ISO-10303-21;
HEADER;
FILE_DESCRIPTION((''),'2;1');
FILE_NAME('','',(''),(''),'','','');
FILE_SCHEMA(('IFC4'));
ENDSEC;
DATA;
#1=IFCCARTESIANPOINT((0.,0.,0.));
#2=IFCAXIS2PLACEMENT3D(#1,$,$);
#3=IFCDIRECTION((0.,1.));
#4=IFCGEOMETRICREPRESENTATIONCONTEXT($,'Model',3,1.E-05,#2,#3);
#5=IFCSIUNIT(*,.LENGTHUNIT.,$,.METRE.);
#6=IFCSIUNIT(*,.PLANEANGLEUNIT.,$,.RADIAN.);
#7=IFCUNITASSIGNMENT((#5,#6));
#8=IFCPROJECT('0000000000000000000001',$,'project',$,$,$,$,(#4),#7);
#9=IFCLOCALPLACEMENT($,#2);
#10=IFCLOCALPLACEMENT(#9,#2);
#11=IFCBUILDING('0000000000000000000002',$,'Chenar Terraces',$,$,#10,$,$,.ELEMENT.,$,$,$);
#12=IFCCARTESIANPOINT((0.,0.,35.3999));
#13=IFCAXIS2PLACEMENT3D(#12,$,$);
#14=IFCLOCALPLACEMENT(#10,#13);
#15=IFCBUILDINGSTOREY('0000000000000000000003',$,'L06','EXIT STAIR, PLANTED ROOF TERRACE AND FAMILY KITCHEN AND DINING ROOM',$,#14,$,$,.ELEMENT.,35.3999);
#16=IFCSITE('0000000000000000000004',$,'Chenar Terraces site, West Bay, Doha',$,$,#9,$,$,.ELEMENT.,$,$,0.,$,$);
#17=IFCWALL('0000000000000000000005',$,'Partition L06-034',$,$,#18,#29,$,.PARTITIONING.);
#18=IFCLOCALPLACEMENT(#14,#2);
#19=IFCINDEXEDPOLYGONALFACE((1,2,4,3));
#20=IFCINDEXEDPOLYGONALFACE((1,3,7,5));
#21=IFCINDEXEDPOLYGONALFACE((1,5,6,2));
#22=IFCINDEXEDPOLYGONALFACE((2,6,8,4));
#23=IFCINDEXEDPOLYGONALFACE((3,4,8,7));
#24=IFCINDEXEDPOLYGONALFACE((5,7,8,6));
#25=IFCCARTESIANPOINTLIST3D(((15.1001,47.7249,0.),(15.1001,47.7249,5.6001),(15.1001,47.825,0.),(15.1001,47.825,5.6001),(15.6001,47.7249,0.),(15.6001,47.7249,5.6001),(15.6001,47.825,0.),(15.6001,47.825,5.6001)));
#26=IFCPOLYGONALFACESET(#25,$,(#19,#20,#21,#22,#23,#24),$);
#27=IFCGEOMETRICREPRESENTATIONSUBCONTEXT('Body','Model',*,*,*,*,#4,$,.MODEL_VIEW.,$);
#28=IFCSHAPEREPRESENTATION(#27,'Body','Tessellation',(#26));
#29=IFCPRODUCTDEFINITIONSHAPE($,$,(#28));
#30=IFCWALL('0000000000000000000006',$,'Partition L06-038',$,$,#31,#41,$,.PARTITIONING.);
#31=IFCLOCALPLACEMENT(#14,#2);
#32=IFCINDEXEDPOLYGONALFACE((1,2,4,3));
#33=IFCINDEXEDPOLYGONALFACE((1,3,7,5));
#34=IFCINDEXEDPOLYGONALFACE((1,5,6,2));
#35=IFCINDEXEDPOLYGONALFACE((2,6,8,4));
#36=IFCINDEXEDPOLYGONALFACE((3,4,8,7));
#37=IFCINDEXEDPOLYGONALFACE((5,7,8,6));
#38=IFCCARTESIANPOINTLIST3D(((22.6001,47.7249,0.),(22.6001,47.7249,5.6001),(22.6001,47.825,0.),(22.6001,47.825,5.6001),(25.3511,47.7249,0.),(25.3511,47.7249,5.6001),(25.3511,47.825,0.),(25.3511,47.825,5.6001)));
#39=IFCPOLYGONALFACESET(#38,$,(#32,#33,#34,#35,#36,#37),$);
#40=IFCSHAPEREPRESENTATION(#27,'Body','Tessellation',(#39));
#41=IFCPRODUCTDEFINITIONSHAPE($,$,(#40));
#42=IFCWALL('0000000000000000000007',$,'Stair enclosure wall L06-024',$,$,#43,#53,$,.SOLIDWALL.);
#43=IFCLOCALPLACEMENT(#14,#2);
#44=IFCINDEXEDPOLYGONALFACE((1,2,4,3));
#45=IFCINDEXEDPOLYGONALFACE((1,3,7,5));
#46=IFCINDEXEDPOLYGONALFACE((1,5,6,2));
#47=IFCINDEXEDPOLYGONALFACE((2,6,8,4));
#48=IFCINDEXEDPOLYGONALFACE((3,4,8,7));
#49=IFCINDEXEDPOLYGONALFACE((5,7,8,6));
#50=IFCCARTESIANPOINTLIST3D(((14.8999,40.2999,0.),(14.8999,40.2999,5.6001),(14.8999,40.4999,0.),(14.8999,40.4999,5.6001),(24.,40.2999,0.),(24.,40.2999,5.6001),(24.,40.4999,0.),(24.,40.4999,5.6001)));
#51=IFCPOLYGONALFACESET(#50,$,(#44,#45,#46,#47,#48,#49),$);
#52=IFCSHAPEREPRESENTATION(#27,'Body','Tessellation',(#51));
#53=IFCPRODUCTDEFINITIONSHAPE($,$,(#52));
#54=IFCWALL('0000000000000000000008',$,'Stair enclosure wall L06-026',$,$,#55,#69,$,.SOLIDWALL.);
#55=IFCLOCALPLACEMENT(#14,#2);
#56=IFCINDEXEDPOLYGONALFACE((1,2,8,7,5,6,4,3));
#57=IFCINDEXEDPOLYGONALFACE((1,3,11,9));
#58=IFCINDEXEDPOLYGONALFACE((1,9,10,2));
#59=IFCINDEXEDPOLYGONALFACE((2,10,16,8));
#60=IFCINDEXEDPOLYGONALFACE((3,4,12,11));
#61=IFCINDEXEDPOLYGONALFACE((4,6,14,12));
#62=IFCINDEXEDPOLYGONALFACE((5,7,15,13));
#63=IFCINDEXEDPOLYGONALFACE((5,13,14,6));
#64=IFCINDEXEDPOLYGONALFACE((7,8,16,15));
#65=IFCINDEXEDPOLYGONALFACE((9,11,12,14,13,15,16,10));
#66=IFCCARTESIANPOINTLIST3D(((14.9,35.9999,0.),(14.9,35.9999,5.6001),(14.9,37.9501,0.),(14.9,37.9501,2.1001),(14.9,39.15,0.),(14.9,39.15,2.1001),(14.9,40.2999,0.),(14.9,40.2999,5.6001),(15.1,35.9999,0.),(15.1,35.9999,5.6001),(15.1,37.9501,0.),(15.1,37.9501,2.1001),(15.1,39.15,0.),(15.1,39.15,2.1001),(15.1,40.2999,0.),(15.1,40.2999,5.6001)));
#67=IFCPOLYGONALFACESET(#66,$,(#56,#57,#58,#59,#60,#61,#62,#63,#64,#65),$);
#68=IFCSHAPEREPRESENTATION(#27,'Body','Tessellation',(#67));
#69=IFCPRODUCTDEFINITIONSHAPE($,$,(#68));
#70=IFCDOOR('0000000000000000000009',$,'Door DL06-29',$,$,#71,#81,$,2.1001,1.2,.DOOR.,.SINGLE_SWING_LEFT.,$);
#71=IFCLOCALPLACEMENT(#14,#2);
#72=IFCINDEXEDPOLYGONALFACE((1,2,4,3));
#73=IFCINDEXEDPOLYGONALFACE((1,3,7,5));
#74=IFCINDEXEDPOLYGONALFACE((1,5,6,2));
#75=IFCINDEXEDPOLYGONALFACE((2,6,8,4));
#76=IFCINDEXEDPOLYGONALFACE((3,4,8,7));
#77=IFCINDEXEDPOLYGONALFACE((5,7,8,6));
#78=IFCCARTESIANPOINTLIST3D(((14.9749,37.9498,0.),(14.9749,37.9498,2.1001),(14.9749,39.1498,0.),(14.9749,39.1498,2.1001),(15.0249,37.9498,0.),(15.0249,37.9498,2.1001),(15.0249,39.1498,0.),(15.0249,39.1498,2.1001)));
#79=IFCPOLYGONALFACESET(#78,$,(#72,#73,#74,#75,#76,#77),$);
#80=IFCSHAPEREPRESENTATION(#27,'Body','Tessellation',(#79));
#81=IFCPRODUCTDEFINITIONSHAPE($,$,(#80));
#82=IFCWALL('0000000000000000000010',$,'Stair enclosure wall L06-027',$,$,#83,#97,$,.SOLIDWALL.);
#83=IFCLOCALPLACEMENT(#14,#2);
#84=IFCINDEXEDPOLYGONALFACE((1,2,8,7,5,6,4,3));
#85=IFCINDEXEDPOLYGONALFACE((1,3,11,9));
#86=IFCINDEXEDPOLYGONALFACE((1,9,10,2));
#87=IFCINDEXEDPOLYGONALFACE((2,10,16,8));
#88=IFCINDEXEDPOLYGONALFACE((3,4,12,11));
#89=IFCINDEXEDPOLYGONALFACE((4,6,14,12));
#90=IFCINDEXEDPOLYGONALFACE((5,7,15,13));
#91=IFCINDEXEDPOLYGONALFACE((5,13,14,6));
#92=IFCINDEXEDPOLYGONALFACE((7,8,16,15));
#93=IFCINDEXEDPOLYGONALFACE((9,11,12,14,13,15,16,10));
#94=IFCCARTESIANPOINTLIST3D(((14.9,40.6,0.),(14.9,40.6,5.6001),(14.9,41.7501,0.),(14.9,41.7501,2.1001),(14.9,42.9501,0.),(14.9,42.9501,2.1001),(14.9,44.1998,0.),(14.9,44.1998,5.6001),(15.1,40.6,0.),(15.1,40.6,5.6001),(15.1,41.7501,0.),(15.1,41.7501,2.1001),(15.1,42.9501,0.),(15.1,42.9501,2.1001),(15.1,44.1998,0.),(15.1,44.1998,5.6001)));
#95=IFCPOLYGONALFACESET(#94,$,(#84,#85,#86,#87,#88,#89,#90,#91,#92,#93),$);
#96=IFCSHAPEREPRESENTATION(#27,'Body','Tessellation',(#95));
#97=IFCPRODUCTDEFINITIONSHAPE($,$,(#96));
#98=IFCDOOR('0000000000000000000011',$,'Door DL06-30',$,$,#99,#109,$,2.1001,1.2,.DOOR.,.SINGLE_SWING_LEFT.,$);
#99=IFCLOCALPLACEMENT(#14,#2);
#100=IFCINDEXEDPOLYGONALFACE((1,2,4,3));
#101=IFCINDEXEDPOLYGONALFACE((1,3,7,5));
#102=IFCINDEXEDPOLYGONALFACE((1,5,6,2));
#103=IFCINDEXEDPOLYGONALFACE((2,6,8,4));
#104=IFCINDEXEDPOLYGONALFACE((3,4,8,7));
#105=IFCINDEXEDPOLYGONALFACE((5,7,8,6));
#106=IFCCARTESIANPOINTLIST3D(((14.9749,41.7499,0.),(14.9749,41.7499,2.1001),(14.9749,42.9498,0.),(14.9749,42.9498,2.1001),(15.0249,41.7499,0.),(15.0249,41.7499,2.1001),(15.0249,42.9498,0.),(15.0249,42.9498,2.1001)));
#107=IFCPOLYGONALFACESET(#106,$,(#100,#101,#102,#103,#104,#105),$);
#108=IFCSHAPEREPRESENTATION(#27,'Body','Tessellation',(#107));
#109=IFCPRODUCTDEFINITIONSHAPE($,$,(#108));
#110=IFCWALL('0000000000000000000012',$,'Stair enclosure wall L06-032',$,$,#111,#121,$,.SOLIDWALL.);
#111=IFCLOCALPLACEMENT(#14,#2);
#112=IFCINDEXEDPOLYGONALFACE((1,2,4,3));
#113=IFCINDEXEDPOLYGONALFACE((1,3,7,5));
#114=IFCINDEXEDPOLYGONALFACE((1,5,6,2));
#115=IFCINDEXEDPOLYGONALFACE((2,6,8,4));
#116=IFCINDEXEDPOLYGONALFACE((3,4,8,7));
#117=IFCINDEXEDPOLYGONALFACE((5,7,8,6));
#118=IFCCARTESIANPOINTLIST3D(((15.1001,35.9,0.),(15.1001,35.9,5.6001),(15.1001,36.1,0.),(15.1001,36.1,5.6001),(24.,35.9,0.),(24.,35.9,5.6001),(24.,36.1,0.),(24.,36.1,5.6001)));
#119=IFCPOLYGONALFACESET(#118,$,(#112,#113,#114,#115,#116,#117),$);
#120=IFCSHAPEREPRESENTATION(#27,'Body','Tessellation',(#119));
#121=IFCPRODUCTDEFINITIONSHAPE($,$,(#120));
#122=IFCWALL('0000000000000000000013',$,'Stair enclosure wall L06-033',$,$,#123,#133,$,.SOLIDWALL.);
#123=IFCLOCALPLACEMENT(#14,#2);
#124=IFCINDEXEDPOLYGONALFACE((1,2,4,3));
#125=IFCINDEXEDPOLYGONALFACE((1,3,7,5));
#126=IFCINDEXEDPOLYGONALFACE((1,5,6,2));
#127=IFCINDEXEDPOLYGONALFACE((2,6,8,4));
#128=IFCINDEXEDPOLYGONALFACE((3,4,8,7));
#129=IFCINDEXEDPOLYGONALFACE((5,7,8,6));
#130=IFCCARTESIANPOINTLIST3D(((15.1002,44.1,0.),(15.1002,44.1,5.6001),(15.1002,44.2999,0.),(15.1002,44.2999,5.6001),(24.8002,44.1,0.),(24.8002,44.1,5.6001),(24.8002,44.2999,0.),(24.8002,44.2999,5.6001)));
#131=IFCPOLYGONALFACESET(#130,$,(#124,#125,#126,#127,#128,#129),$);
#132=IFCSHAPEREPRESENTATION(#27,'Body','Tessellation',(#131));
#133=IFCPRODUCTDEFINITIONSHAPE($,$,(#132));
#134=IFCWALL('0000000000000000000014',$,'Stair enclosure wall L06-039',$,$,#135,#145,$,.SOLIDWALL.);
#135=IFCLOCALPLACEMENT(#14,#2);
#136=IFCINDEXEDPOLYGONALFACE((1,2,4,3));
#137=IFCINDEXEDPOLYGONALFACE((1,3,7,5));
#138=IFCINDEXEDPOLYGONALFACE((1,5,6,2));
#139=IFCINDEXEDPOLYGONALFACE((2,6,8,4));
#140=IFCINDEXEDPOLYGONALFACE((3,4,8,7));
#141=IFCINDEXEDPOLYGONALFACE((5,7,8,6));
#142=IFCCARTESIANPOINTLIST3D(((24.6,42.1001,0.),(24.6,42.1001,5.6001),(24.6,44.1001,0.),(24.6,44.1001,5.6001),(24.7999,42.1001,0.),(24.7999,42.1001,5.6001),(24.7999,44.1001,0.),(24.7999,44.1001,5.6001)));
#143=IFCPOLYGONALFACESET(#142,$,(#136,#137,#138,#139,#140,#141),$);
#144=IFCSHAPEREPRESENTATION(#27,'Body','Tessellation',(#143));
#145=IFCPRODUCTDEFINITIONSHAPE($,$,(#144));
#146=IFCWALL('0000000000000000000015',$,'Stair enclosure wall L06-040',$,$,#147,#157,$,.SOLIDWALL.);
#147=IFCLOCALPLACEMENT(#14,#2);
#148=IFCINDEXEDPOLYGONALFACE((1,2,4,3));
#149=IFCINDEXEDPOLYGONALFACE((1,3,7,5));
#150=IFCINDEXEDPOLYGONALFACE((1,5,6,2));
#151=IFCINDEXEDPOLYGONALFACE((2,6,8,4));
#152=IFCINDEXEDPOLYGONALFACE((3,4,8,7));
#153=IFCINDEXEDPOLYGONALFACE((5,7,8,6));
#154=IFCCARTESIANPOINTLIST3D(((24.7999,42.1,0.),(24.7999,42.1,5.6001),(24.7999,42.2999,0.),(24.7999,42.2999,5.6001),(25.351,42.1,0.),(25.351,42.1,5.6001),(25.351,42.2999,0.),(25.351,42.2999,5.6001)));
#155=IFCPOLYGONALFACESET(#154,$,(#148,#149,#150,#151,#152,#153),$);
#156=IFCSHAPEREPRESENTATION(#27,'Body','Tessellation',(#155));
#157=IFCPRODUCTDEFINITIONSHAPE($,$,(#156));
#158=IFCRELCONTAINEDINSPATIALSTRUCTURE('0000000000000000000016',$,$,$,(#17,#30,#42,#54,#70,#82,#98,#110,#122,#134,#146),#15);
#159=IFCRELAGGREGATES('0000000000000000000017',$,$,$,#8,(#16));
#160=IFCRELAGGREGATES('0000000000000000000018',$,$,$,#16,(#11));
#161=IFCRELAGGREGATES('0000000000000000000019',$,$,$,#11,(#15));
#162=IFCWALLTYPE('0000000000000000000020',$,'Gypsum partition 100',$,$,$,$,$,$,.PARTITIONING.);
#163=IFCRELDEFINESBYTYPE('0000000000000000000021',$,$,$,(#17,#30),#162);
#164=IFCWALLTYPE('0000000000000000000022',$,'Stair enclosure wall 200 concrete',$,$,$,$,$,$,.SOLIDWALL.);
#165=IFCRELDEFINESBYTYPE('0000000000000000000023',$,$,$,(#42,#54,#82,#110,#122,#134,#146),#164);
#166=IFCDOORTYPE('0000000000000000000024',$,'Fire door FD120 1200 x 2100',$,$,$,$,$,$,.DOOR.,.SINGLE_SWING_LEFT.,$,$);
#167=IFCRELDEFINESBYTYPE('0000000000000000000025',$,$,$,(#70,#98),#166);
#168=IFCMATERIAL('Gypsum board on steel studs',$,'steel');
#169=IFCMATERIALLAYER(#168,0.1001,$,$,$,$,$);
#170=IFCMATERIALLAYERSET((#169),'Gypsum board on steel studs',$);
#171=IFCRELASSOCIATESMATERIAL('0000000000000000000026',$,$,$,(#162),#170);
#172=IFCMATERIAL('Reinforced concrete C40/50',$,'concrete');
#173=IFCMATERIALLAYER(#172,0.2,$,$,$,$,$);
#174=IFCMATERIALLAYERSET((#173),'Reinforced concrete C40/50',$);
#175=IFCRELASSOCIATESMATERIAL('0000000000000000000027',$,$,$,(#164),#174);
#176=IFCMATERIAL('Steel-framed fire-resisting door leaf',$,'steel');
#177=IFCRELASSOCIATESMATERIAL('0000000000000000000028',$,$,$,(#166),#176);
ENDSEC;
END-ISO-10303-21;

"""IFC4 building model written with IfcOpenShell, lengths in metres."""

from ifc_helpers import new_model, si_unit, direction, frame, frame_2d, origin, place, context, subcontext, project, spatial, rectangle, extrude, material, layer, layer_set, type_object, element, fill, save


model = new_model("IFC4")

# Units and contexts
model_context = context("Model", 3, precision=1e-05, world=origin(), true_north=direction((0.0, 1.0)))
body_context = subcontext(model_context, "Body", "Model", "MODEL_VIEW")
ifc_project = project(units=[si_unit("LENGTHUNIT", "METRE"), si_unit("PLANEANGLEUNIT", "RADIAN")], contexts=[model_context])

# Site, building, storey
site_placement = place(None, origin())
site = spatial("IfcSite", under=ifc_project, at=site_placement, Name="Chenar Terraces site, West Bay, Doha", CompositionType="ELEMENT", RefElevation=0.0)
building_placement = place(site_placement, origin())
building = spatial("IfcBuilding", under=site, at=building_placement, Name="Chenar Terraces", CompositionType="ELEMENT")
storey_placement = place(building_placement, frame((0.0, 0.0, 35.3999)))
storey = spatial("IfcBuildingStorey", under=building, at=storey_placement, Name="L06", Description="EXIT STAIR, PLANTED ROOF TERRACE AND FAMILY KITCHEN AND DINING ROOM", CompositionType="ELEMENT", Elevation=35.3999)

# Walls
ifc_material_1 = material(Name="Gypsum board on steel studs", Category="steel")
ifc_layer_1 = layer(ifc_material_1, 0.1001)
ifc_layer_set_1 = layer_set([ifc_layer_1], Name="Gypsum board on steel studs")
wall_type_1 = type_object("IfcWallType", Name="Gypsum partition 100", PredefinedType="PARTITIONING", material=ifc_layer_set_1)
wall_1_placement = place(storey_placement, frame((15.1001, 47.7749, 0.0), z_axis=(0.0, 0.0, 1.0), x_axis=(1.0, 0.0, 0.0)))
element("IfcWall", 1, at=wall_1_placement, inside=storey, type_object=wall_type_1, Name="Partition L06-034", PredefinedType="PARTITIONING", context=body_context, shape_type="SweptSolid", body=[
    extrude(rectangle(XDim=0.5, YDim=0.1001, at=frame_2d((0.25, 0.0))), origin(), (0.0, 0.0, 1.0), 5.6001),
])
wall_2_placement = place(storey_placement, frame((22.6001, 47.7749, 0.0), z_axis=(0.0, 0.0, 1.0), x_axis=(1.0, 0.0, 0.0)))
element("IfcWall", 2, at=wall_2_placement, inside=storey, type_object=wall_type_1, Name="Partition L06-038", PredefinedType="PARTITIONING", context=body_context, shape_type="SweptSolid", body=[
    extrude(rectangle(XDim=2.751, YDim=0.1001, at=frame_2d((1.3755, 0.0))), origin(), (0.0, 0.0, 1.0), 5.6001),
])
ifc_material_2 = material(Name="Reinforced concrete C40/50", Category="concrete")
ifc_layer_2 = layer(ifc_material_2, 0.2)
ifc_layer_set_2 = layer_set([ifc_layer_2], Name="Reinforced concrete C40/50")
wall_type_2 = type_object("IfcWallType", Name="Stair enclosure wall 200 concrete", PredefinedType="SOLIDWALL", material=ifc_layer_set_2)
wall_3_placement = place(storey_placement, frame((14.8999, 40.3999, 0.0), z_axis=(0.0, 0.0, 1.0), x_axis=(1.0, 0.0, 0.0)))
element("IfcWall", 3, at=wall_3_placement, inside=storey, type_object=wall_type_2, Name="Stair enclosure wall L06-024", PredefinedType="SOLIDWALL", context=body_context, shape_type="SweptSolid", body=[
    extrude(rectangle(XDim=9.1001, YDim=0.2, at=frame_2d((4.55, 0.0))), origin(), (0.0, 0.0, 1.0), 5.6001),
])

# Walls, openings, doors
wall_4_placement = place(storey_placement, frame((15.0, 36.0, 0.0), z_axis=(0.0, 0.0, 1.0), x_axis=(0.0, 1.0, 0.0)))
wall_4 = element("IfcWall", 4, at=wall_4_placement, inside=storey, type_object=wall_type_2, Name="Stair enclosure wall L06-026", PredefinedType="SOLIDWALL", context=body_context, shape_type="SweptSolid", body=[
    extrude(rectangle(XDim=4.3, YDim=0.2, at=frame_2d((2.1499, 0.0))), origin(), (0.0, 0.0, 1.0), 5.6001),
])
opening_1_placement = place(wall_4_placement, frame((1.95, 0.0, 0.0)))
opening_1 = element("IfcOpeningElement", 5, at=opening_1_placement, cuts=wall_4, PredefinedType="OPENING", context=body_context, shape_type="SweptSolid", body=[
    extrude(rectangle(XDim=1.2, YDim=2.1001, at=frame_2d((0.6001, 1.05))), frame((0.0, 0.1099, 0.0), z_axis=(0.0, -1.0, 0.0), x_axis=(1.0, 0.0, 0.0)), (0.0, 0.0, 1.0), 0.22),
])
ifc_material_3 = material(Name="Steel-framed fire-resisting door leaf", Category="steel")
door_type_1 = type_object("IfcDoorType", Name="Fire door FD120 1200 x 2100", OperationType="SINGLE_SWING_LEFT", PredefinedType="DOOR", material=ifc_material_3)
door_1_placement = place(opening_1_placement, frame((1.2, 0.0, 0.0), z_axis=(0.0, 0.0, 1.0), x_axis=(-1.0, 0.0, 0.0)))
door_1 = element("IfcDoor", 6, at=door_1_placement, inside=storey, type_object=door_type_1, Name="Door DL06-29", OperationType="SINGLE_SWING_LEFT", OverallHeight=2.1001, OverallWidth=1.2, PredefinedType="DOOR", context=body_context, shape_type="SweptSolid", body=[
    extrude(rectangle(XDim=1.2, YDim=2.1001, at=frame_2d((0.6001, 1.05))), frame((0.0, 0.0249, 0.0), z_axis=(0.0, -1.0, 0.0), x_axis=(1.0, 0.0, 0.0)), (0.0, 0.0, 1.0), 0.05),
])
fill(opening_1, door_1)
wall_5_placement = place(storey_placement, frame((15.0, 40.6001, 0.0), z_axis=(0.0, 0.0, 1.0), x_axis=(0.0, 1.0, 0.0)))
wall_5 = element("IfcWall", 7, at=wall_5_placement, inside=storey, type_object=wall_type_2, Name="Stair enclosure wall L06-027", PredefinedType="SOLIDWALL", context=body_context, shape_type="SweptSolid", body=[
    extrude(rectangle(XDim=3.5999, YDim=0.2, at=frame_2d((1.7998, 0.0))), origin(), (0.0, 0.0, 1.0), 5.6001),
])
opening_2_placement = place(wall_5_placement, frame((1.1499, 0.0, 0.0)))
opening_2 = element("IfcOpeningElement", 8, at=opening_2_placement, cuts=wall_5, PredefinedType="OPENING", context=body_context, shape_type="SweptSolid", body=[
    extrude(rectangle(XDim=1.2, YDim=2.1001, at=frame_2d((0.6001, 1.05))), frame((0.0, 0.1099, 0.0), z_axis=(0.0, -1.0, 0.0), x_axis=(1.0, 0.0, 0.0)), (0.0, 0.0, 1.0), 0.22),
])
door_2_placement = place(opening_2_placement, frame((1.2, 0.0, 0.0), z_axis=(0.0, 0.0, 1.0), x_axis=(-1.0, 0.0, 0.0)))
door_2 = element("IfcDoor", 9, at=door_2_placement, inside=storey, type_object=door_type_1, Name="Door DL06-30", OperationType="SINGLE_SWING_LEFT", OverallHeight=2.1001, OverallWidth=1.2, PredefinedType="DOOR", context=body_context, shape_type="SweptSolid", body=[
    extrude(rectangle(XDim=1.2, YDim=2.1001, at=frame_2d((0.6001, 1.05))), frame((0.0, 0.0249, 0.0), z_axis=(0.0, -1.0, 0.0), x_axis=(1.0, 0.0, 0.0)), (0.0, 0.0, 1.0), 0.05),
])
fill(opening_2, door_2)

# Walls
wall_6_placement = place(storey_placement, frame((15.1001, 36.0, 0.0), z_axis=(0.0, 0.0, 1.0), x_axis=(1.0, 0.0, 0.0)))
element("IfcWall", 10, at=wall_6_placement, inside=storey, type_object=wall_type_2, Name="Stair enclosure wall L06-032", PredefinedType="SOLIDWALL", context=body_context, shape_type="SweptSolid", body=[
    extrude(rectangle(XDim=8.8999, YDim=0.2, at=frame_2d((4.45, 0.0))), origin(), (0.0, 0.0, 1.0), 5.6001),
])
wall_7_placement = place(storey_placement, frame((15.1001, 44.2, 0.0), z_axis=(0.0, 0.0, 1.0), x_axis=(1.0, 0.0, 0.0)))
element("IfcWall", 11, at=wall_7_placement, inside=storey, type_object=wall_type_2, Name="Stair enclosure wall L06-033", PredefinedType="SOLIDWALL", context=body_context, shape_type="SweptSolid", body=[
    extrude(rectangle(XDim=9.7, YDim=0.2, at=frame_2d((4.8501, 0.0))), origin(), (0.0, 0.0, 1.0), 5.6001),
])
wall_8_placement = place(storey_placement, frame((24.7, 42.1001, 0.0), z_axis=(0.0, 0.0, 1.0), x_axis=(0.0, 1.0, 0.0)))
element("IfcWall", 12, at=wall_8_placement, inside=storey, type_object=wall_type_2, Name="Stair enclosure wall L06-039", PredefinedType="SOLIDWALL", context=body_context, shape_type="SweptSolid", body=[
    extrude(rectangle(XDim=2.0, YDim=0.2, at=frame_2d((1.0, 0.0))), origin(), (0.0, 0.0, 1.0), 5.6001),
])
wall_9_placement = place(storey_placement, frame((24.8, 42.2, 0.0), z_axis=(0.0, 0.0, 1.0), x_axis=(1.0, 0.0, 0.0)))
element("IfcWall", 13, at=wall_9_placement, inside=storey, type_object=wall_type_2, Name="Stair enclosure wall L06-040", PredefinedType="SOLIDWALL", context=body_context, shape_type="SweptSolid", body=[
    extrude(rectangle(XDim=0.551, YDim=0.2, at=frame_2d((0.2754, 0.0))), origin(), (0.0, 0.0, 1.0), 5.6001),
])

save(model, "model.ifc")
